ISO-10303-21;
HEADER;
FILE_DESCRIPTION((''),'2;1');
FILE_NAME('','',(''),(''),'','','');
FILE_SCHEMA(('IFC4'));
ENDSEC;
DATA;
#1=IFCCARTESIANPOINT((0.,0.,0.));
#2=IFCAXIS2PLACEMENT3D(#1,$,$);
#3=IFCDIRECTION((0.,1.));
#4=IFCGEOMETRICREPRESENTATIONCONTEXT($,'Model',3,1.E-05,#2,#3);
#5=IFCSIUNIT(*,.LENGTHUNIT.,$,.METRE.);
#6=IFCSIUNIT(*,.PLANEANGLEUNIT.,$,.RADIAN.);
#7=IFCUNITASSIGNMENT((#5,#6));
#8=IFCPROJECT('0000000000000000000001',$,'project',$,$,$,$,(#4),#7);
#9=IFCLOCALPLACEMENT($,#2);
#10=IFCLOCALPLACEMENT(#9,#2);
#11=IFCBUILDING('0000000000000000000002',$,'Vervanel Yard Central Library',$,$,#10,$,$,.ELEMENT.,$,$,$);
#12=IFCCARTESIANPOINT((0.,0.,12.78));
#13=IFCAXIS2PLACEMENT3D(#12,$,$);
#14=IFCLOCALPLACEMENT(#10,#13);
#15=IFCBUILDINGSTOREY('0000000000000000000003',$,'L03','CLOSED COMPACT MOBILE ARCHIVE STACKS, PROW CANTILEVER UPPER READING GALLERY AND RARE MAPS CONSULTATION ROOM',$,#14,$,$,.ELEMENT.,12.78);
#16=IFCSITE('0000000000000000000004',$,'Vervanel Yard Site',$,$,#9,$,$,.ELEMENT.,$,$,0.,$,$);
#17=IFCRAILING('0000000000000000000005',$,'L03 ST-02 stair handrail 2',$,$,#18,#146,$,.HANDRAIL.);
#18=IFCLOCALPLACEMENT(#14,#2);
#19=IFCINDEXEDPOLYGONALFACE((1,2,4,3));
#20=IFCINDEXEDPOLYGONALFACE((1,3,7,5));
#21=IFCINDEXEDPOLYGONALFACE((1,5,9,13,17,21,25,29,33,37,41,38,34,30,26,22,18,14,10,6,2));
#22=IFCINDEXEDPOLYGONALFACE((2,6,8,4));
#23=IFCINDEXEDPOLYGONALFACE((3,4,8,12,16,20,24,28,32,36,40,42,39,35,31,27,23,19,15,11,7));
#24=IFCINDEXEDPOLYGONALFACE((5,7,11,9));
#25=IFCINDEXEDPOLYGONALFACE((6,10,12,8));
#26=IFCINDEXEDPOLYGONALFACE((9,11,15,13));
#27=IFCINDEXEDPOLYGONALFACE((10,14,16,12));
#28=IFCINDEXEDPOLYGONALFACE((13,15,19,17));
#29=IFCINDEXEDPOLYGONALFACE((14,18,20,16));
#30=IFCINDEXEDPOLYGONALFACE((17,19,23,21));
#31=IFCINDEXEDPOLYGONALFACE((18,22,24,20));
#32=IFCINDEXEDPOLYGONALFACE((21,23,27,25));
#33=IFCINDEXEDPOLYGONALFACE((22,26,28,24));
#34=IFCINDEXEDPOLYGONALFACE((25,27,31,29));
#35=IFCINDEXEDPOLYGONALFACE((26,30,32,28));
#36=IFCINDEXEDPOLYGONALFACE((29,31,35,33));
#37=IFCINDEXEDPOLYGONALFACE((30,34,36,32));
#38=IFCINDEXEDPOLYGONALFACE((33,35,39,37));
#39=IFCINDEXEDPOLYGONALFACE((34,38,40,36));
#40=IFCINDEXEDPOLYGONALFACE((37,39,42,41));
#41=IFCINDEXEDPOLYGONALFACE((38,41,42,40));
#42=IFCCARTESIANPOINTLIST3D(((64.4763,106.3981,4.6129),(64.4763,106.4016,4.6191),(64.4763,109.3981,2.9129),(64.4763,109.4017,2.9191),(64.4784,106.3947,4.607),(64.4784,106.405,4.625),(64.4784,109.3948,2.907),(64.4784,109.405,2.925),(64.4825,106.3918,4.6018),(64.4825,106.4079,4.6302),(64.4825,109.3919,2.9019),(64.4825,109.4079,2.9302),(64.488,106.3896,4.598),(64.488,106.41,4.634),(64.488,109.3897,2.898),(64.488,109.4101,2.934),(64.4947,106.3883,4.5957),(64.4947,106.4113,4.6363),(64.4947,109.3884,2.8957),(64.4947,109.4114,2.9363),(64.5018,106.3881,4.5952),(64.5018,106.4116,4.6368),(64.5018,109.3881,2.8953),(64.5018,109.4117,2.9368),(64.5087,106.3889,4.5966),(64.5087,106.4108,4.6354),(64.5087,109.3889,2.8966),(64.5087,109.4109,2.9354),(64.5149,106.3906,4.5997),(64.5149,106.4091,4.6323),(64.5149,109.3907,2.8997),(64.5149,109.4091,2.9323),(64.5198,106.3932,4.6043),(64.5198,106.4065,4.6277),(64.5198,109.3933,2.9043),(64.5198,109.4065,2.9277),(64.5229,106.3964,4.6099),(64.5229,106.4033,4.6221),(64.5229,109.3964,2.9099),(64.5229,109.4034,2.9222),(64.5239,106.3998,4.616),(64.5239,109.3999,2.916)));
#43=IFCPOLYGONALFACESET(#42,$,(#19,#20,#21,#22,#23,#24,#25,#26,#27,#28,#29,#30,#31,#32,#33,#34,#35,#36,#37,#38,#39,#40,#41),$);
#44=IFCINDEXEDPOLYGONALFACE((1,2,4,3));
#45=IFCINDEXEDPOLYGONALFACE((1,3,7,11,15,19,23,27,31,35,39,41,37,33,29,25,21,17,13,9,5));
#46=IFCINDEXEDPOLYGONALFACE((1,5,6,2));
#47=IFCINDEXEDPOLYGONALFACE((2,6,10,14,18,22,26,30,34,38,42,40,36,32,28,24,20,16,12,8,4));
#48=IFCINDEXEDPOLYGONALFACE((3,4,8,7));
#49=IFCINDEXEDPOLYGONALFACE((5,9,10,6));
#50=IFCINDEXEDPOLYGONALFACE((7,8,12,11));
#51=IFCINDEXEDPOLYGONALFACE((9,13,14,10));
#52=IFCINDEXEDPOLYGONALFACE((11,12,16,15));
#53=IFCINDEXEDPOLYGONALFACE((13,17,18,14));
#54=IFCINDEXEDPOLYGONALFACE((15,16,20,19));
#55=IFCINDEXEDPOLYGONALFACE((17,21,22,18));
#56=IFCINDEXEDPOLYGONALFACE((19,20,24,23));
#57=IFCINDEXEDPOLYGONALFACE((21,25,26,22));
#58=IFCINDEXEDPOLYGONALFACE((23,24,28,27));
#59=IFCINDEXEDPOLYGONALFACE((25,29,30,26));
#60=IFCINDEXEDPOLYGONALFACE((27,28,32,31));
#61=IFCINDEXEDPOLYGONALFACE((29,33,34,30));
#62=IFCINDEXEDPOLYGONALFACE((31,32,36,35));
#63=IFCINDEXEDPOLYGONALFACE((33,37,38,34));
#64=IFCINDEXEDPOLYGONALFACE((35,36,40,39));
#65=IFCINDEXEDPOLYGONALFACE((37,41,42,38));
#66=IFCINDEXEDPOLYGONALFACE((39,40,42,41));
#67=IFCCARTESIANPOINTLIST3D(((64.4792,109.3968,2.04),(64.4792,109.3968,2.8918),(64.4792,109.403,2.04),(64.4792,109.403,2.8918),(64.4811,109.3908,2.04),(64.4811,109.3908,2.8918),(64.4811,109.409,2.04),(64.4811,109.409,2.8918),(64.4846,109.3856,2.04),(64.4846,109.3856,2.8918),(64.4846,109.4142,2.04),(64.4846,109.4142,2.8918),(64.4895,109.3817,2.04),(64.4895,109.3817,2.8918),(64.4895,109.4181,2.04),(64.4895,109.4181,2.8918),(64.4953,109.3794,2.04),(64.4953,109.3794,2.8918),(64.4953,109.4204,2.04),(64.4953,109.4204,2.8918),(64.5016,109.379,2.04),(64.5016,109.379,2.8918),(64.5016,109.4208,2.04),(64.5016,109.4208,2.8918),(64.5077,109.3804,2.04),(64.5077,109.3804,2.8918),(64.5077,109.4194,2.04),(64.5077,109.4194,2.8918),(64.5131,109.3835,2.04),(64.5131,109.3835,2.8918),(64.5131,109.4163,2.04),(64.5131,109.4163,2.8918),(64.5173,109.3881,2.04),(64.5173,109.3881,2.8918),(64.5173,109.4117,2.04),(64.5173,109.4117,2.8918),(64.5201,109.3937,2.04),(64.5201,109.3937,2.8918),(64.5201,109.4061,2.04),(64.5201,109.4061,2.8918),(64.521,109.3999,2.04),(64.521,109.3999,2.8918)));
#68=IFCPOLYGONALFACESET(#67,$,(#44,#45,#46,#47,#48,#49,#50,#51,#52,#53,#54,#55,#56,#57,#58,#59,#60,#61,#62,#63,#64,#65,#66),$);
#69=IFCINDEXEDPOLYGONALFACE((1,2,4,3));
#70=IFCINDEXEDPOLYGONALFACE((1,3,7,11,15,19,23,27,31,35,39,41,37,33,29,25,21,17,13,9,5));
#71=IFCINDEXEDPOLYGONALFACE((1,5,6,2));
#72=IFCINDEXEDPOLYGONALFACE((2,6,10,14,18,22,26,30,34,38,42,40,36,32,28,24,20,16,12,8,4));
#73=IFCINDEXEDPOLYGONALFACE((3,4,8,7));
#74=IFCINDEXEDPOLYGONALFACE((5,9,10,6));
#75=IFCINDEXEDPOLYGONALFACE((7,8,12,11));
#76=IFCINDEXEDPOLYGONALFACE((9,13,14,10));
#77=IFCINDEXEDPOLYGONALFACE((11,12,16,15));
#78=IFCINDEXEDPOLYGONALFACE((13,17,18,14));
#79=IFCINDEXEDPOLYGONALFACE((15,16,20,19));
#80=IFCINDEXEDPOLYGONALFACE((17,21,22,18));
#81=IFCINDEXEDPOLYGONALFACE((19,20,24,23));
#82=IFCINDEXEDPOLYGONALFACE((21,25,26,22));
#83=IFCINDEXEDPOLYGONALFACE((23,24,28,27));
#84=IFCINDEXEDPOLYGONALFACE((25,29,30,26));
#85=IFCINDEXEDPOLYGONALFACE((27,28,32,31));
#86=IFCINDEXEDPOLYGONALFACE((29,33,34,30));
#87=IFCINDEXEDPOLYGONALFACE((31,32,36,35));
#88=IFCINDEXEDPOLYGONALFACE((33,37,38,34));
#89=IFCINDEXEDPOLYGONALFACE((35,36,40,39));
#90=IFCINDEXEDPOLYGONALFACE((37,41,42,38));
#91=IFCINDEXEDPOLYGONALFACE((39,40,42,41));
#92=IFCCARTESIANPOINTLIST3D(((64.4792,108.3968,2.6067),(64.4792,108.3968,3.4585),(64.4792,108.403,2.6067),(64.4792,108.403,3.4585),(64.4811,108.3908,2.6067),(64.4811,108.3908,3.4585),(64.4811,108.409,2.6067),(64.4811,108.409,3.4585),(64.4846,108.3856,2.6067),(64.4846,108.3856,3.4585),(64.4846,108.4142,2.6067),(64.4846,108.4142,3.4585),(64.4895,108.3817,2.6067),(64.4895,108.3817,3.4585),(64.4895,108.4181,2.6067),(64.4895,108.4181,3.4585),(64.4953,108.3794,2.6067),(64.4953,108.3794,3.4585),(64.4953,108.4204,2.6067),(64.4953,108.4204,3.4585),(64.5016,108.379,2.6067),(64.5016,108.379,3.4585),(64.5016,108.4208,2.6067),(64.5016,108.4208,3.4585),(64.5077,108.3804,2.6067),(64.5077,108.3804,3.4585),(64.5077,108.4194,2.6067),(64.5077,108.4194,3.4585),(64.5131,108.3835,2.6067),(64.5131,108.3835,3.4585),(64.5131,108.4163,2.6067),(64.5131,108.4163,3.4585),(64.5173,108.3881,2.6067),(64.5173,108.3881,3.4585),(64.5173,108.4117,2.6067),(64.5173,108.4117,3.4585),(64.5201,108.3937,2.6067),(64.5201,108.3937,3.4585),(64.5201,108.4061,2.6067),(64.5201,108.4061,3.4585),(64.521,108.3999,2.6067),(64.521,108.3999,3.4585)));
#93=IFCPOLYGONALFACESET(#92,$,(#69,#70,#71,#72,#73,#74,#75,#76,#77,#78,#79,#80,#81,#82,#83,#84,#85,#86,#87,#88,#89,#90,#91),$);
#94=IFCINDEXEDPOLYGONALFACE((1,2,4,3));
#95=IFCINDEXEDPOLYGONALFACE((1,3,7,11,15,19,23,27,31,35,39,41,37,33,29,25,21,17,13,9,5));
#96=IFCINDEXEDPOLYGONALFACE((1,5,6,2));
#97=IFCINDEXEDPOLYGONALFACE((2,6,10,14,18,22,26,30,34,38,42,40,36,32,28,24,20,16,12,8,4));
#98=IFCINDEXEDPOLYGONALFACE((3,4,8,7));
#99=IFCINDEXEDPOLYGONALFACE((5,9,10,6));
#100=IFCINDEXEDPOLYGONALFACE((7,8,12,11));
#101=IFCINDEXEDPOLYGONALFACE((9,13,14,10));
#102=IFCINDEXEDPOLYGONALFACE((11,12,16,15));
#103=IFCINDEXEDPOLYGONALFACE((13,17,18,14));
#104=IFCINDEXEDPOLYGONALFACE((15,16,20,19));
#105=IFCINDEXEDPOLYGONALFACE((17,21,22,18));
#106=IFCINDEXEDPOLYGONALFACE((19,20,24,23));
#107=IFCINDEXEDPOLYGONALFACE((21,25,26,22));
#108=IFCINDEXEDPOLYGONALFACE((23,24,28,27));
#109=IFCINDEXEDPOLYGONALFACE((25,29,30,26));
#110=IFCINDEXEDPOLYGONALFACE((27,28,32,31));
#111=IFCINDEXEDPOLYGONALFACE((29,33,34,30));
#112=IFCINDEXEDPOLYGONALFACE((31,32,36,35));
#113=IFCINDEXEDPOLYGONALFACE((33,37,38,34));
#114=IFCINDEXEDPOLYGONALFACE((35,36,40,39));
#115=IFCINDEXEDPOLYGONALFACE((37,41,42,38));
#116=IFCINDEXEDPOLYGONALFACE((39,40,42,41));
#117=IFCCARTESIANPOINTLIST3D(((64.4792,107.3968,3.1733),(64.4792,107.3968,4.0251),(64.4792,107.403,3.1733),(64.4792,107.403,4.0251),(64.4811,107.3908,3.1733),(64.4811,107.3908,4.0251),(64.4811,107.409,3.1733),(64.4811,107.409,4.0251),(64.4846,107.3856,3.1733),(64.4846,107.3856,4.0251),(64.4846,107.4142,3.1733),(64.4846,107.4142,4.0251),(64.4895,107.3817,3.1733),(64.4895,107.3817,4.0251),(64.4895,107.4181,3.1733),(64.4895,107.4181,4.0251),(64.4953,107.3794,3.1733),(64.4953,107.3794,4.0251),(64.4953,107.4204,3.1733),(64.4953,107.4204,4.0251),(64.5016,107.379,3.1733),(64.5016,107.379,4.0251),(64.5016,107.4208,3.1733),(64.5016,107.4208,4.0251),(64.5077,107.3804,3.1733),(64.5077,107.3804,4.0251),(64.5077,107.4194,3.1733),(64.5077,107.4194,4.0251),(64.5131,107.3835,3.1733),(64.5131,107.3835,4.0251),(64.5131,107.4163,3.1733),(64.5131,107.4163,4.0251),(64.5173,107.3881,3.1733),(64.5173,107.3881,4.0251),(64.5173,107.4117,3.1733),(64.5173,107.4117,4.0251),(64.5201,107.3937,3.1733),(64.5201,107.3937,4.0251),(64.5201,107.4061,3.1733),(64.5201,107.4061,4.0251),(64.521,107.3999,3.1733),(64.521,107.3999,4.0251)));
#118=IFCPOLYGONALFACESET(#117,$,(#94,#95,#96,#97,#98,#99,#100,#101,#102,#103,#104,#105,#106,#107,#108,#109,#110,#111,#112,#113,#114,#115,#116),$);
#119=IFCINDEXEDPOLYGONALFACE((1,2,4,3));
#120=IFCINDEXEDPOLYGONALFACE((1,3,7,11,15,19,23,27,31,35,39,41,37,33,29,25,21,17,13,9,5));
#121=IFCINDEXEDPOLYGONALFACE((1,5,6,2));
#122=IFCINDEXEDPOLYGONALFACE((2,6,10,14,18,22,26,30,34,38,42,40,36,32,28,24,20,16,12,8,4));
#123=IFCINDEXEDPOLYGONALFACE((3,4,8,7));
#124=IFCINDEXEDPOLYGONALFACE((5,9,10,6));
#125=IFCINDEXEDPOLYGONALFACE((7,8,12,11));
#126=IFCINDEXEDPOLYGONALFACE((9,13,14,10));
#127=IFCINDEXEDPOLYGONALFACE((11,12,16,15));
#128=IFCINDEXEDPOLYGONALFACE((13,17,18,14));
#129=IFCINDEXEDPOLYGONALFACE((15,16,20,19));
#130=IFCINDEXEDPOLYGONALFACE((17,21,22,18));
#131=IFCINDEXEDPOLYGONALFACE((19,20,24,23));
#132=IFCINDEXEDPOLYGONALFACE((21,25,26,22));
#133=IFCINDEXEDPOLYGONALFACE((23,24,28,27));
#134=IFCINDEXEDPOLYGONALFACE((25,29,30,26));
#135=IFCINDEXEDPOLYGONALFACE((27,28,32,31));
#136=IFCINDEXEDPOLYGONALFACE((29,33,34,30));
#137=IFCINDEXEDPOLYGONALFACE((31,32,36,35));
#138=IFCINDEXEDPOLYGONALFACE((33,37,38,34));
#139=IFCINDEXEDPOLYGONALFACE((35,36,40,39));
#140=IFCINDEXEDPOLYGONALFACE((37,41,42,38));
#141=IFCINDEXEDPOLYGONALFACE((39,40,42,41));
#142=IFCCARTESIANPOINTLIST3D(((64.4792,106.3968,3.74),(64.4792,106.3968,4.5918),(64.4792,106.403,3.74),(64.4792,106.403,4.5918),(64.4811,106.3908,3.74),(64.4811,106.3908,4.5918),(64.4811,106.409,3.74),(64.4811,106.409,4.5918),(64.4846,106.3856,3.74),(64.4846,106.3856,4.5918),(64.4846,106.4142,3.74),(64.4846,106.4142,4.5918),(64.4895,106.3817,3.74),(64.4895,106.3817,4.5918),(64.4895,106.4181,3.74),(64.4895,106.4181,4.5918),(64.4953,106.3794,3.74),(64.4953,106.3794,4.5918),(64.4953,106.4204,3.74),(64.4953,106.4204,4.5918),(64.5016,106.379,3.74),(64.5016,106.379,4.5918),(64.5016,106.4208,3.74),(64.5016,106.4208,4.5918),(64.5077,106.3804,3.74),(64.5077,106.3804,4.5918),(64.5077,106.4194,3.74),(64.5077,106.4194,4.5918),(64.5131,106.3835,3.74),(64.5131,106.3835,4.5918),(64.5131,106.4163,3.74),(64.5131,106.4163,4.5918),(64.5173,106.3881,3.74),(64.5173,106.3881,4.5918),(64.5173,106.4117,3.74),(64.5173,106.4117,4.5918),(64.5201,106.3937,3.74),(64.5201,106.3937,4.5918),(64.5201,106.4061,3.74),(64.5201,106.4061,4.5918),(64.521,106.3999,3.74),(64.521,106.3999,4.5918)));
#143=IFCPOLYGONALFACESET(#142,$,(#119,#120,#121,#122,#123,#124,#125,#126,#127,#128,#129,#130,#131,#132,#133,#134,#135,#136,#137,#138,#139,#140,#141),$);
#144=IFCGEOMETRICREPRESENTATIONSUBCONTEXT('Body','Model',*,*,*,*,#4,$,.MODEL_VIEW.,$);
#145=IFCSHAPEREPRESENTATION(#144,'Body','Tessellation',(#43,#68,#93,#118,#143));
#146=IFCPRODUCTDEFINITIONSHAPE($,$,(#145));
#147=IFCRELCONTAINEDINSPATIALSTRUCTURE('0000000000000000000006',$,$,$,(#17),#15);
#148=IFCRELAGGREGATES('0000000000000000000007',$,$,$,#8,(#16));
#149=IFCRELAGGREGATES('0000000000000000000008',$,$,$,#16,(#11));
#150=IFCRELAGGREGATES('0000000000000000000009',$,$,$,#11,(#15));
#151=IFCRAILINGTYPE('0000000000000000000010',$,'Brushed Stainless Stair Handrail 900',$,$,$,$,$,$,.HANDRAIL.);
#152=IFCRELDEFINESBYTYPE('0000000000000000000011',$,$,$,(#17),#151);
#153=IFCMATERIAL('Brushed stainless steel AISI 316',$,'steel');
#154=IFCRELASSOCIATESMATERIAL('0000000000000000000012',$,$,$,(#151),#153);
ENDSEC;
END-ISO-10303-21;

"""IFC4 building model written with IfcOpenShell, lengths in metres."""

from ifc_helpers import new_model, si_unit, direction, frame, origin, origin_2d, place, context, subcontext, project, spatial, circle, extrude, material, type_object, element, save


model = new_model("IFC4")

# Units and contexts
model_context = context("Model", 3, precision=1e-05, world=origin(), true_north=direction((0.0, 1.0)))
body_context = subcontext(model_context, "Body", "Model", "MODEL_VIEW")
ifc_project = project(units=[si_unit("LENGTHUNIT", "METRE"), si_unit("PLANEANGLEUNIT", "RADIAN")], contexts=[model_context])

# Site, building, storey
site_placement = place(None, origin())
site = spatial("IfcSite", under=ifc_project, at=site_placement, Name="Vervanel Yard Site", CompositionType="ELEMENT", RefElevation=0.0)
building_placement = place(site_placement, origin())
building = spatial("IfcBuilding", under=site, at=building_placement, Name="Vervanel Yard Central Library", CompositionType="ELEMENT")
storey_placement = place(building_placement, frame((0.0, 0.0, 12.78)))
storey = spatial("IfcBuildingStorey", under=building, at=storey_placement, Name="L03", Description="CLOSED COMPACT MOBILE ARCHIVE STACKS, PROW CANTILEVER UPPER READING GALLERY AND RARE MAPS CONSULTATION ROOM", CompositionType="ELEMENT", Elevation=12.78)

# Shared definitions
ifc_material_1 = material(Name="Brushed stainless steel AISI 316", Category="steel")

# Railing
railing_type_1 = type_object("IfcRailingType", Name="Brushed Stainless Stair Handrail 900", PredefinedType="HANDRAIL", material=ifc_material_1)
railing_1_placement = place(storey_placement, frame((64.5, 109.3999, 2.04)))
element("IfcRailing", 1, at=railing_1_placement, inside=storey, type_object=railing_type_1, Name="L03 ST-02 stair handrail 2", PredefinedType="HANDRAIL", context=body_context, shape_type="SweptSolid", body=[
    extrude(circle(Radius=0.0239, at=origin_2d()), frame((0.0, 0.0, 0.876), z_axis=(0.0, -0.870028, 0.493002), x_axis=(1.0, 0.0, 0.0)), (0.0, 0.0, 1.0), 3.4482),
    extrude(circle(Radius=0.021, at=origin_2d()), origin(), (0.0, 0.0, 1.0), 0.8518),
    extrude(circle(Radius=0.021, at=origin_2d()), frame((0.0, -1.0, 0.5667)), (0.0, 0.0, 1.0), 0.8518),
    extrude(circle(Radius=0.021, at=origin_2d()), frame((0.0, -2.0, 1.1333)), (0.0, 0.0, 1.0), 0.8518),
    extrude(circle(Radius=0.021, at=origin_2d()), frame((0.0, -3.0, 1.7)), (0.0, 0.0, 1.0), 0.8518),
])

save(model, "model.ifc")
